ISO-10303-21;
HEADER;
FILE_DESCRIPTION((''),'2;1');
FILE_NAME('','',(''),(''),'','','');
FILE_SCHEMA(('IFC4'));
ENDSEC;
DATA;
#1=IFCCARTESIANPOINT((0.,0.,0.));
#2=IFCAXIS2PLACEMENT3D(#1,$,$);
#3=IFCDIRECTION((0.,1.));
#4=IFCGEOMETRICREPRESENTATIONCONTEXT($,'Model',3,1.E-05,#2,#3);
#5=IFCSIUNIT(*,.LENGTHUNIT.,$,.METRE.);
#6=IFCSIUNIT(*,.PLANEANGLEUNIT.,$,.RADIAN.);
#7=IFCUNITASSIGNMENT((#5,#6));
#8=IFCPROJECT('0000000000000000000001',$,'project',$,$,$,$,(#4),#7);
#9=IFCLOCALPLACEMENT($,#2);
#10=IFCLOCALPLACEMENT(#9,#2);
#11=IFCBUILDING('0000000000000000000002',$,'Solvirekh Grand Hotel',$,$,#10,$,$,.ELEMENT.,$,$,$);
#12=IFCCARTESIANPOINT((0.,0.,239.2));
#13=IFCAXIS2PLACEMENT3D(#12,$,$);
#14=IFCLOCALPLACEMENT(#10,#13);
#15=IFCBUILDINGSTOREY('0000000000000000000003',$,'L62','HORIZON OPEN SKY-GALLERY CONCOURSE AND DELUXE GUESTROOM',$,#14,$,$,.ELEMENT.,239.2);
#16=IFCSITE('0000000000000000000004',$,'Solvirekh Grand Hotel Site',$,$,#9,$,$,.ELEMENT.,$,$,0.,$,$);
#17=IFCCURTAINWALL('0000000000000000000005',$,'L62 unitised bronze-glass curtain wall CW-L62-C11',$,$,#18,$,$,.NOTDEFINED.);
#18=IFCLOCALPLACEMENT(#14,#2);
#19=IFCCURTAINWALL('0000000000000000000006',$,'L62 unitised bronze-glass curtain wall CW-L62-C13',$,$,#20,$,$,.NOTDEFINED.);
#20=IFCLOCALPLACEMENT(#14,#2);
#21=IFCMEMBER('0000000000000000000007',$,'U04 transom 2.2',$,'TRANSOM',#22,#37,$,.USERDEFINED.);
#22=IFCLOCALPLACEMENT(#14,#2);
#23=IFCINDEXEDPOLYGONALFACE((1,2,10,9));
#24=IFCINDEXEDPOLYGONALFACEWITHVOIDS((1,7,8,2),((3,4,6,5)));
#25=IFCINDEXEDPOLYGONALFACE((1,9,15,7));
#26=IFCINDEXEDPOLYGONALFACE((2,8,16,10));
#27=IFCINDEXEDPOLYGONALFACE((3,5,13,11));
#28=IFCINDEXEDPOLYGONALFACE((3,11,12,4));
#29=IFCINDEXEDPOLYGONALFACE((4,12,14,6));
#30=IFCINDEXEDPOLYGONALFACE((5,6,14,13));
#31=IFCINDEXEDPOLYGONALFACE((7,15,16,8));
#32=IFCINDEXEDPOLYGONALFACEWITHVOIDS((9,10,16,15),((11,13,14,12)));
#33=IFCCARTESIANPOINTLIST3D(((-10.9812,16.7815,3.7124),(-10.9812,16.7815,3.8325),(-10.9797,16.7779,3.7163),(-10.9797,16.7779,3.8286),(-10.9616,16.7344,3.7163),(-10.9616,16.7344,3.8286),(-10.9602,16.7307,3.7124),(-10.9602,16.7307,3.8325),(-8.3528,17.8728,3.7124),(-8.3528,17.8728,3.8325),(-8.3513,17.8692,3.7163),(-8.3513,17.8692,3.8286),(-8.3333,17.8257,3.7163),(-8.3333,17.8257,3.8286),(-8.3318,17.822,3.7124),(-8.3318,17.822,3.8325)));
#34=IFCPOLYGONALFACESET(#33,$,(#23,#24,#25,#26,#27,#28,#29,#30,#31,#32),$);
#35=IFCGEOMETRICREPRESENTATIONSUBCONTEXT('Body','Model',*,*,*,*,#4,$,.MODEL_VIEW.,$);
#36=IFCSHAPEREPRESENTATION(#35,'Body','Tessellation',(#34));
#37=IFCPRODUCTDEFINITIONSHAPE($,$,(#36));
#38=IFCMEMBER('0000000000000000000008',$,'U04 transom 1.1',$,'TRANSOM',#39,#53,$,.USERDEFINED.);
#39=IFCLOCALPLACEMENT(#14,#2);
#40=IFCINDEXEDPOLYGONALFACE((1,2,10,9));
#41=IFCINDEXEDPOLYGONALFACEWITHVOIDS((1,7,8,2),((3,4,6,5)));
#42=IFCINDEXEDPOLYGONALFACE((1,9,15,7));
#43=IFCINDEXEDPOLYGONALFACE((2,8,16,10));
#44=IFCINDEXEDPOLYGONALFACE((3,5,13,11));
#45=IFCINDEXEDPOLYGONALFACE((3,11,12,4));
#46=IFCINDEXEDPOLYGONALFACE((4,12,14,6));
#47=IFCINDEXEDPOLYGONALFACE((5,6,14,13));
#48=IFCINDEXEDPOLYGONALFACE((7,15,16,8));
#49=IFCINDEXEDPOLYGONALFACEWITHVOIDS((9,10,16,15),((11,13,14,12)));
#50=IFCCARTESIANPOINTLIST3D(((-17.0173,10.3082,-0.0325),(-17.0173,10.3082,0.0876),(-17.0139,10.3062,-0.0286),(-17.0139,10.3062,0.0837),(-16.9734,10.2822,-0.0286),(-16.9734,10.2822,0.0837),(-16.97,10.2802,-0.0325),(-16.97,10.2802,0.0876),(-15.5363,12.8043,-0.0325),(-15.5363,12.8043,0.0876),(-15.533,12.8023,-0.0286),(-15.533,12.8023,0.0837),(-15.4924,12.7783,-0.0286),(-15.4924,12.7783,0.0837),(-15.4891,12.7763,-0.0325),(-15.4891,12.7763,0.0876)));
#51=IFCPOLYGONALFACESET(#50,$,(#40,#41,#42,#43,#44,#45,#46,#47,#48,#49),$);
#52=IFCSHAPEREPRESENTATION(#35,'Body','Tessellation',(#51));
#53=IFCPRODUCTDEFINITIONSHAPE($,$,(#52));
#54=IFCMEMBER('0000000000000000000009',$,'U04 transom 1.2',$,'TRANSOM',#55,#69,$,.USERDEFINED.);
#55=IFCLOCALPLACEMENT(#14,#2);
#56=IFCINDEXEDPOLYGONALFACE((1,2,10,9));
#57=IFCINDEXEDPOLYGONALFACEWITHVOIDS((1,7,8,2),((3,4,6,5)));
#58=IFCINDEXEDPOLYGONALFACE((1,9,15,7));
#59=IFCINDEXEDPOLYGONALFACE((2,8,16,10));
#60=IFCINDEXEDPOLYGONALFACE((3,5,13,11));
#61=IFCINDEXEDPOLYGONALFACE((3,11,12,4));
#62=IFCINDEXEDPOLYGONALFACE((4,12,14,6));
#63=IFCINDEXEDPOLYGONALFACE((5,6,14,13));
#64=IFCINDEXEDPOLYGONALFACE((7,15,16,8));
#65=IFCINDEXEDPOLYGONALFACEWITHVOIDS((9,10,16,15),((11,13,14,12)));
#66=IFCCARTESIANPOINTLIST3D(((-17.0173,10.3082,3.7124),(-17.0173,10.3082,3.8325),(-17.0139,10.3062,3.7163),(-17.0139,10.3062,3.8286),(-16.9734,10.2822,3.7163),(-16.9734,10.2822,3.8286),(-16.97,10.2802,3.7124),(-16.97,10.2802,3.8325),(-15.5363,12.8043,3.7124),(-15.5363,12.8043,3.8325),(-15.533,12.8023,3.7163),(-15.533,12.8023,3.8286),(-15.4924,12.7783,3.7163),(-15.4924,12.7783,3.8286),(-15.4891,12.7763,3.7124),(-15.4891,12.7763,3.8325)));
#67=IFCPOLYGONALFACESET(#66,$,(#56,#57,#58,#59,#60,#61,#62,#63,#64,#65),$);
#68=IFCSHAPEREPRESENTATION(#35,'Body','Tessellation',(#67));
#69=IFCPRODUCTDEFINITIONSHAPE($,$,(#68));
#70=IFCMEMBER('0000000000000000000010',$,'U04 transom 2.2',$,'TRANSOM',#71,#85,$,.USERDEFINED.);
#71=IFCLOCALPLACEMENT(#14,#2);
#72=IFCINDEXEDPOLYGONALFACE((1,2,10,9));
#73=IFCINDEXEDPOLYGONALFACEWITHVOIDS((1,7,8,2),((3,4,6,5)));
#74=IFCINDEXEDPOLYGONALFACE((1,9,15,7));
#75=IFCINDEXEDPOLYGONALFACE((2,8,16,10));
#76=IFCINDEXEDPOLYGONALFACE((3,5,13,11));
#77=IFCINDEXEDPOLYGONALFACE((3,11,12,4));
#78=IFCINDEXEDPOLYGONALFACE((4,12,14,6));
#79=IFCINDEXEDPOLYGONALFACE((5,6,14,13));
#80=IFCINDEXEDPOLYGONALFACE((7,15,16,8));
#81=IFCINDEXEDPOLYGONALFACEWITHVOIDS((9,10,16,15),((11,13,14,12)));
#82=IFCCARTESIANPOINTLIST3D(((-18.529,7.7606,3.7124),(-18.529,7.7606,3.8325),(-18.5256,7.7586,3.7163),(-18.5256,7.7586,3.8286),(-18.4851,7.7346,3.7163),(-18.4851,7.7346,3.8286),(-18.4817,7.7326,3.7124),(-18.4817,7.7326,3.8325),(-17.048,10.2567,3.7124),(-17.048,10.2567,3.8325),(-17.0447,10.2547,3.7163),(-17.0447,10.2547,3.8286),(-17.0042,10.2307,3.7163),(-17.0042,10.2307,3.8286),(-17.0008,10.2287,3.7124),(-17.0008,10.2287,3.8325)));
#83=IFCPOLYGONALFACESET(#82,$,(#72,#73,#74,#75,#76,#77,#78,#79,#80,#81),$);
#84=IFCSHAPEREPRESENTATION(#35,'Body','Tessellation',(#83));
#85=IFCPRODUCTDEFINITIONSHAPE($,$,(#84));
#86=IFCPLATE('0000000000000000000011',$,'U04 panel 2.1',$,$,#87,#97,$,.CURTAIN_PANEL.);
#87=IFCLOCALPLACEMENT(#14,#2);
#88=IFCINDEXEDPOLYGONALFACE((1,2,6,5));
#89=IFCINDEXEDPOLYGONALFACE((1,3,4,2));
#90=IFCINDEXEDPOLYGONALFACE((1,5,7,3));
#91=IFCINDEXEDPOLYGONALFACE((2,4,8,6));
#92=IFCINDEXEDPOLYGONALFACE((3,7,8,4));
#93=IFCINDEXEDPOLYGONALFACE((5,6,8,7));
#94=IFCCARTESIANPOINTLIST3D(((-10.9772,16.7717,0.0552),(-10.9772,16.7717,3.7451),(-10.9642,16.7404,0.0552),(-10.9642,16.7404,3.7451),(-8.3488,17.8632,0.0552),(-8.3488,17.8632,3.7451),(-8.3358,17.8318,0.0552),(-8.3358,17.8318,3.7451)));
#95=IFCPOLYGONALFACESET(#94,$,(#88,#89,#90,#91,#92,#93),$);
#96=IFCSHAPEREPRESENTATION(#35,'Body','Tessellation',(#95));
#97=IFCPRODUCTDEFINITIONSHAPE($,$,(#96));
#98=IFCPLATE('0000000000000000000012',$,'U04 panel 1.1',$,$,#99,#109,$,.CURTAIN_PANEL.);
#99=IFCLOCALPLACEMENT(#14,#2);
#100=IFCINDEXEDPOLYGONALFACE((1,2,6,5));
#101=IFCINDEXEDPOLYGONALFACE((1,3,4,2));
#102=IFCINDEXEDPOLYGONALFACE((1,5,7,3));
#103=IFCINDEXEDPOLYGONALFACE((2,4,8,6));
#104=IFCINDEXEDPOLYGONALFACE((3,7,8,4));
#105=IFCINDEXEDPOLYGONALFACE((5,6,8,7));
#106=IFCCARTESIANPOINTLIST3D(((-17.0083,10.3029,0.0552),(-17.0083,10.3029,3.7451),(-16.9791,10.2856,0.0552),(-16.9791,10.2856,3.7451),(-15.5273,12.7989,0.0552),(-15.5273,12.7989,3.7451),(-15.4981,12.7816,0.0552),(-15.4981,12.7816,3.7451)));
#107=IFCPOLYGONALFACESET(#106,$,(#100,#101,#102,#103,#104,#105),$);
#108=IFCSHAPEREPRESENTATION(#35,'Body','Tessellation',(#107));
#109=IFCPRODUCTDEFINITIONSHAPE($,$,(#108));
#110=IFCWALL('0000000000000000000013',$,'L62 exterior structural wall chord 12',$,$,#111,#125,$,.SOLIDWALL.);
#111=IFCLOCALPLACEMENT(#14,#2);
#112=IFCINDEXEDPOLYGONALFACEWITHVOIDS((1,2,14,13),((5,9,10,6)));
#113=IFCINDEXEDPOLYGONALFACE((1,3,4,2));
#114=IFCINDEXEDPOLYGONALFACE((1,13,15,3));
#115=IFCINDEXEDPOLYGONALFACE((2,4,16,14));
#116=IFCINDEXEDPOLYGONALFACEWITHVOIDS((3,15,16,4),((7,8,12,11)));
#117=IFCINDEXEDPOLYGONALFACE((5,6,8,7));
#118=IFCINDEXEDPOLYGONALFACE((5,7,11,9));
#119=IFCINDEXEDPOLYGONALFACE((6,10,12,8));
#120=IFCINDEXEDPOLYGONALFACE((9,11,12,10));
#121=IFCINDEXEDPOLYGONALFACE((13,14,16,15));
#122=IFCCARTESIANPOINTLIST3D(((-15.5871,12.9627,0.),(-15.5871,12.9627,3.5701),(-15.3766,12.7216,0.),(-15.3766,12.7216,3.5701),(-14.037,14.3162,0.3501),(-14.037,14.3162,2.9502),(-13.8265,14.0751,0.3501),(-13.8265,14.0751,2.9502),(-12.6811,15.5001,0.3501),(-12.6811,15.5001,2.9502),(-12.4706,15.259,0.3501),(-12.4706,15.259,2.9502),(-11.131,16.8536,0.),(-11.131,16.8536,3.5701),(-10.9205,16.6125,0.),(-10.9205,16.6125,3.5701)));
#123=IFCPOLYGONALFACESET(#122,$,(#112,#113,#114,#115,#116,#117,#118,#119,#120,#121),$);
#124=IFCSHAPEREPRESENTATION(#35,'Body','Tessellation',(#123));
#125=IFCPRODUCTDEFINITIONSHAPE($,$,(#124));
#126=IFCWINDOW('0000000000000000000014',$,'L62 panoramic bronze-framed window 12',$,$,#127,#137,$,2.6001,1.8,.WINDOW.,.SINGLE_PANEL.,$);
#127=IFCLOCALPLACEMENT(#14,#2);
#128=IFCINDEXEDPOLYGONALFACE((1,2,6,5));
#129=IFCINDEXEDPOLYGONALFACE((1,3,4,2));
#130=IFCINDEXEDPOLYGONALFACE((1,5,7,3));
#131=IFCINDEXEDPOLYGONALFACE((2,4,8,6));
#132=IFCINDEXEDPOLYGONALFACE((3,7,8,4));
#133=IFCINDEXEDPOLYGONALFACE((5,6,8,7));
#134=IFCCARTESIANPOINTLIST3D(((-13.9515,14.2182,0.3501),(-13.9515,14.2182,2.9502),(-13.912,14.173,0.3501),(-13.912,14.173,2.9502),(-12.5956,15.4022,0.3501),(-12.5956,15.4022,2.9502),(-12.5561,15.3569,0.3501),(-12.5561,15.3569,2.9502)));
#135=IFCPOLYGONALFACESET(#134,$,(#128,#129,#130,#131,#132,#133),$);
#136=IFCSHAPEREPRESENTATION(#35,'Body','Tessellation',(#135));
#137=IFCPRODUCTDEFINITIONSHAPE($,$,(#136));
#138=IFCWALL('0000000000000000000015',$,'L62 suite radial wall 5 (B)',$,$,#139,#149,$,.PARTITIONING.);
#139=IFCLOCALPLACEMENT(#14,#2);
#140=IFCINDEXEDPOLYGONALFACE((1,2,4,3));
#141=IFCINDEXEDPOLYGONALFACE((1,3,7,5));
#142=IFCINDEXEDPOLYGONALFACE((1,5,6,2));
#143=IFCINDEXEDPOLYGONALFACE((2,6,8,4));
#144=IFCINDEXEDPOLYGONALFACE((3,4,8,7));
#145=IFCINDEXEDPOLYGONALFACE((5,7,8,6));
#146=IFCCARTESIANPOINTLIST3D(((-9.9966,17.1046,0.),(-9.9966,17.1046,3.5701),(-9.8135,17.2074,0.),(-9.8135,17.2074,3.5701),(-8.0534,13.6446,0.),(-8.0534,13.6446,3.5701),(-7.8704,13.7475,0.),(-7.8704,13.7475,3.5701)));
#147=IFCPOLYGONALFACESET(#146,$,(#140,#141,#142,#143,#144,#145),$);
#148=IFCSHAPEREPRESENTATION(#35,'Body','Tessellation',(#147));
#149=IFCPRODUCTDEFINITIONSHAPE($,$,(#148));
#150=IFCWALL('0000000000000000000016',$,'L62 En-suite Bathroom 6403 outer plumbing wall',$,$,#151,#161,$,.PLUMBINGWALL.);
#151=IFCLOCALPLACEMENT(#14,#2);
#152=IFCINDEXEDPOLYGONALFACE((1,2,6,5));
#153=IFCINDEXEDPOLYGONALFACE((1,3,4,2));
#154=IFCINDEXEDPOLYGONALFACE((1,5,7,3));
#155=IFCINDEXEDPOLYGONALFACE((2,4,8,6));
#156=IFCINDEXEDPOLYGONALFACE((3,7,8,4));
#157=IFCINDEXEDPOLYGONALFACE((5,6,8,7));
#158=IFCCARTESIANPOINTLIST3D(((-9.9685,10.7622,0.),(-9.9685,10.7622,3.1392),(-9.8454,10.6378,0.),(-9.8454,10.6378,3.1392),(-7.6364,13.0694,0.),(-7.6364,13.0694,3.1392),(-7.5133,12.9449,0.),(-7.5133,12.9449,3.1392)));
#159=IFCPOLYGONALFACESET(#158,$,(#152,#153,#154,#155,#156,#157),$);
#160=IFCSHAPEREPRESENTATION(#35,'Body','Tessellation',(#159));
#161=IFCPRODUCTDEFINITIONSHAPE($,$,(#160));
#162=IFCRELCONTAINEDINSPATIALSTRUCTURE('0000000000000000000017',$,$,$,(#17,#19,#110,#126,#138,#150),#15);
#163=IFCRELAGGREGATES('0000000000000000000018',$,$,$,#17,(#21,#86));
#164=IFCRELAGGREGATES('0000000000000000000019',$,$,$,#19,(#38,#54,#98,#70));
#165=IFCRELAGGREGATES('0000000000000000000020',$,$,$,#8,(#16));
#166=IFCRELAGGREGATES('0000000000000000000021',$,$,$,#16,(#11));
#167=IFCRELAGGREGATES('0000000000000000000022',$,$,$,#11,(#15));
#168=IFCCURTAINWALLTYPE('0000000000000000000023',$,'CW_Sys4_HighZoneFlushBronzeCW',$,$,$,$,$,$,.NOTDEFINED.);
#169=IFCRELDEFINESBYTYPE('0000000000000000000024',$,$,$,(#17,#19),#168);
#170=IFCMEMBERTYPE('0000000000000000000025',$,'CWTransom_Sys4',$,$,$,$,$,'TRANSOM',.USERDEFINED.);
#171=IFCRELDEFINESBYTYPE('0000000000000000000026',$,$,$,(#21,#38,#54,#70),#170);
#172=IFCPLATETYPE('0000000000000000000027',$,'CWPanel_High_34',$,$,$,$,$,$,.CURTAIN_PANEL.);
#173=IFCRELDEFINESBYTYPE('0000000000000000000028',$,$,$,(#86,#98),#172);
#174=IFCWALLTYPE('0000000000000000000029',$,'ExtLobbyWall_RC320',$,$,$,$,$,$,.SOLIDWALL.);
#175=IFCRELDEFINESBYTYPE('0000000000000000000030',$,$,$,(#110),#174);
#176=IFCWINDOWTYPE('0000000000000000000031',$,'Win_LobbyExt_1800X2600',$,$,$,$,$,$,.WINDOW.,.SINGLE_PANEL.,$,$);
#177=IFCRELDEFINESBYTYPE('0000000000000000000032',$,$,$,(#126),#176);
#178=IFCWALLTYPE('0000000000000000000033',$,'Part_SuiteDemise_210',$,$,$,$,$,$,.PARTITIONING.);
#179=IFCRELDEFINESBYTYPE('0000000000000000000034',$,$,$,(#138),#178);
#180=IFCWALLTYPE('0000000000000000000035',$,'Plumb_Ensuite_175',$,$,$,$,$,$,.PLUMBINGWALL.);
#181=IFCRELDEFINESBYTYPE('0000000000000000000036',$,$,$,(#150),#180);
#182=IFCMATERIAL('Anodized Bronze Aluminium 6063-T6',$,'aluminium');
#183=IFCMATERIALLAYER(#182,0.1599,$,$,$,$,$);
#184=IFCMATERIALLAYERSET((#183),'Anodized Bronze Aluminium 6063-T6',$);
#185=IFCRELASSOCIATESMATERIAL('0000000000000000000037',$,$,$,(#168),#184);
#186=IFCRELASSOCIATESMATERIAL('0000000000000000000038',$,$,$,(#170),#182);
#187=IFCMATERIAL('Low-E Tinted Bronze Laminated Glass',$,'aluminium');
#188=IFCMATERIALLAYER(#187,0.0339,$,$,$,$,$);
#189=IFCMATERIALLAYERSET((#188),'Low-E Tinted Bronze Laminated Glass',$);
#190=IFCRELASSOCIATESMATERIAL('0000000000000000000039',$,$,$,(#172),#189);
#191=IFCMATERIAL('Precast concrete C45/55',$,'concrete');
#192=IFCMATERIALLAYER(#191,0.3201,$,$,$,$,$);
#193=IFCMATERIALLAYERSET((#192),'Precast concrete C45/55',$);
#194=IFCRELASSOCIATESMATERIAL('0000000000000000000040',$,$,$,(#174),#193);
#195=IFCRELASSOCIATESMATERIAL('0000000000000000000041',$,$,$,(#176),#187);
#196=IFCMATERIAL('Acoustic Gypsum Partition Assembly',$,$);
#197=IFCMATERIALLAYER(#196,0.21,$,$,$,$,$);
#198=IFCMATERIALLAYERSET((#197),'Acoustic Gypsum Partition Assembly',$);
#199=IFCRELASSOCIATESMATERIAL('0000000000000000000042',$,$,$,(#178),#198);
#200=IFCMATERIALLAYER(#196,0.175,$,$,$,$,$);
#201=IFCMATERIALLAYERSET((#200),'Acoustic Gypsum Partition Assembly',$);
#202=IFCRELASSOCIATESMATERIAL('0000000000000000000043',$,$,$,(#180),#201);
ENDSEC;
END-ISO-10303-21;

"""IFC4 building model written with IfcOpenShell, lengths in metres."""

from ifc_helpers import new_model, si_unit, direction, frame, frame_2d, origin, origin_2d, place, context, subcontext, project, spatial, rectangle, hollow_rectangle, extrude, source, transform, mapped, material, layer, layer_set, material_profile, profile_set, type_object, element, fill, aggregate, save


model = new_model("IFC4")

# Units and contexts
model_context = context("Model", 3, precision=1e-05, world=origin(), true_north=direction((0.0, 1.0)))
body_context = subcontext(model_context, "Body", "Model", "MODEL_VIEW")
ifc_project = project(units=[si_unit("LENGTHUNIT", "METRE"), si_unit("PLANEANGLEUNIT", "RADIAN")], contexts=[model_context])

# Site, building, storey
site_placement = place(None, origin())
site = spatial("IfcSite", under=ifc_project, at=site_placement, Name="Solvirekh Grand Hotel Site", CompositionType="ELEMENT", RefElevation=0.0)
building_placement = place(site_placement, origin())
building = spatial("IfcBuilding", under=site, at=building_placement, Name="Solvirekh Grand Hotel", CompositionType="ELEMENT")
storey_placement = place(building_placement, frame((0.0, 0.0, 239.2)))
storey = spatial("IfcBuildingStorey", under=building, at=storey_placement, Name="L62", Description="HORIZON OPEN SKY-GALLERY CONCOURSE AND DELUXE GUESTROOM", CompositionType="ELEMENT", Elevation=239.2)

# Curtain walls
ifc_material_1 = material(Name="Anodized Bronze Aluminium 6063-T6", Category="aluminium")
ifc_layer_1 = layer(ifc_material_1, 0.1599)
ifc_layer_set_1 = layer_set([ifc_layer_1], Name="Anodized Bronze Aluminium 6063-T6")
curtain_wall_type = type_object("IfcCurtainWallType", Name="CW_Sys4_HighZoneFlushBronzeCW", PredefinedType="NOTDEFINED", material=ifc_layer_set_1)
curtain_wall_1_placement = place(storey_placement, origin())
curtain_wall_1 = element("IfcCurtainWall", 1, at=curtain_wall_1_placement, inside=storey, type_object=curtain_wall_type, Name="L62 unitised bronze-glass curtain wall CW-L62-C11", PredefinedType="NOTDEFINED")
curtain_wall_2_placement = place(storey_placement, origin())
curtain_wall_2 = element("IfcCurtainWall", 2, at=curtain_wall_2_placement, inside=storey, type_object=curtain_wall_type, Name="L62 unitised bronze-glass curtain wall CW-L62-C13", PredefinedType="NOTDEFINED")

# Members
ifc_material_profile_1 = material_profile(ifc_material_1, hollow_rectangle(XDim=0.0549, YDim=0.1201, WallThickness=0.0039, at=origin_2d()), Name="ALU RHS 120X55X4")
ifc_profile_set_1 = profile_set([ifc_material_profile_1], Name="Anodized Bronze Aluminium 6063-T6")
member_type_1 = type_object("IfcMemberType", Name="CWTransom_Sys4", ElementType="TRANSOM", PredefinedType="USERDEFINED", material=ifc_profile_set_1)
shared_shape_1 = source(origin(), body_context, "Body", "SweptSolid", [
    extrude(hollow_rectangle(XDim=0.0549, YDim=0.1201, WallThickness=0.0039, at=origin_2d()), origin(), (0.0, 0.0, 1.0), 2.8459),
])
member_1_placement = place(storey_placement, frame((-8.3423, 17.8474, 3.7725), z_axis=(-0.923558, -0.383458, 0.0), x_axis=(0.383458, -0.923558, 0.0)))
member_1 = element("IfcMember", 3, at=member_1_placement, type_object=member_type_1, Name="U04 transom 2.2", ObjectType="TRANSOM", PredefinedType="USERDEFINED", context=body_context, shape_type="MappedRepresentation", body=[
    mapped(shared_shape_1, transform((0.0, 0.0, 0.0), x_axis=(1.0, 0.0, 0.0), y_axis=(0.0, 1.0, 0.0), z_axis=(0.0, 0.0, 1.0), scale=1.0)),
])
shared_shape_2 = source(origin(), body_context, "Body", "SweptSolid", [
    extrude(hollow_rectangle(XDim=0.0549, YDim=0.1201, WallThickness=0.0039, at=origin_2d()), origin(), (0.0, 0.0, 1.0), 2.9023),
])
member_2_placement = place(storey_placement, frame((-15.5127, 12.7903, 0.0276), z_axis=(-0.510259, -0.860021, 0.0), x_axis=(0.860021, -0.510259, 0.0)))
member_2 = element("IfcMember", 4, at=member_2_placement, type_object=member_type_1, Name="U04 transom 1.1", ObjectType="TRANSOM", PredefinedType="USERDEFINED", context=body_context, shape_type="MappedRepresentation", body=[
    mapped(shared_shape_2, transform((0.0, 0.0, 0.0), x_axis=(1.0, 0.0, 0.0), y_axis=(0.0, 1.0, 0.0), z_axis=(0.0, 0.0, 1.0), scale=1.0)),
])
member_3_placement = place(storey_placement, frame((-15.5127, 12.7903, 3.7725), z_axis=(-0.510259, -0.860021, 0.0), x_axis=(0.860021, -0.510259, 0.0)))
member_3 = element("IfcMember", 5, at=member_3_placement, type_object=member_type_1, Name="U04 transom 1.2", ObjectType="TRANSOM", PredefinedType="USERDEFINED", context=body_context, shape_type="MappedRepresentation", body=[
    mapped(shared_shape_2, transform((0.0, 0.0, 0.0), x_axis=(1.0, 0.0, 0.0), y_axis=(0.0, 1.0, 0.0), z_axis=(0.0, 0.0, 1.0), scale=1.0)),
])
member_4_placement = place(storey_placement, frame((-17.0244, 10.2427, 3.7725), z_axis=(-0.510259, -0.860021, 0.0), x_axis=(0.860021, -0.510259, 0.0)))
member_4 = element("IfcMember", 6, at=member_4_placement, type_object=member_type_1, Name="U04 transom 2.2", ObjectType="TRANSOM", PredefinedType="USERDEFINED", context=body_context, shape_type="MappedRepresentation", body=[
    mapped(shared_shape_2, transform((0.0, 0.0, 0.0), x_axis=(1.0, 0.0, 0.0), y_axis=(0.0, 1.0, 0.0), z_axis=(0.0, 0.0, 1.0), scale=1.0)),
])

# Plates
ifc_material_2 = material(Name="Low-E Tinted Bronze Laminated Glass", Category="aluminium")
ifc_layer_2 = layer(ifc_material_2, 0.0339)
ifc_layer_set_2 = layer_set([ifc_layer_2], Name="Low-E Tinted Bronze Laminated Glass")
plate_type = type_object("IfcPlateType", Name="CWPanel_High_34", PredefinedType="CURTAIN_PANEL", material=ifc_layer_set_2)
shared_shape_3 = source(origin(), body_context, "Body", "SweptSolid", [
    extrude(rectangle(XDim=2.8459, YDim=0.0339, at=origin_2d()), origin(), (0.0, 0.0, 1.0), 3.6899),
])
plate_1_placement = place(storey_placement, frame((-9.6565, 17.3018, 0.0552), z_axis=(0.0, 0.0, 1.0), x_axis=(-0.923535, -0.383515, 0.0)))
plate_1 = element("IfcPlate", 7, at=plate_1_placement, type_object=plate_type, Name="U04 panel 2.1", PredefinedType="CURTAIN_PANEL", context=body_context, shape_type="MappedRepresentation", body=[
    mapped(shared_shape_3, transform((0.0, 0.0, 0.0), x_axis=(1.0, 0.0, 0.0), y_axis=(0.0, 1.0, 0.0), z_axis=(0.0, 0.0, 1.0), scale=1.0)),
])
aggregate(curtain_wall_1, [member_1, plate_1])
shared_shape_4 = source(origin(), body_context, "Body", "SweptSolid", [
    extrude(rectangle(XDim=2.9023, YDim=0.0339, at=origin_2d()), origin(), (0.0, 0.0, 1.0), 3.6899),
])
plate_2_placement = place(storey_placement, frame((-16.2532, 11.5422, 0.0552), z_axis=(0.0, 0.0, 1.0), x_axis=(-0.510288, -0.860004, 0.0)))
plate_2 = element("IfcPlate", 8, at=plate_2_placement, type_object=plate_type, Name="U04 panel 1.1", PredefinedType="CURTAIN_PANEL", context=body_context, shape_type="MappedRepresentation", body=[
    mapped(shared_shape_4, transform((0.0, 0.0, 0.0), x_axis=(1.0, 0.0, 0.0), y_axis=(0.0, 1.0, 0.0), z_axis=(0.0, 0.0, 1.0), scale=1.0)),
])
aggregate(curtain_wall_2, [member_2, member_3, plate_2, member_4])

# Wall, opening, window
ifc_material_3 = material(Name="Precast concrete C45/55", Category="concrete")
ifc_layer_3 = layer(ifc_material_3, 0.3201)
ifc_layer_set_3 = layer_set([ifc_layer_3], Name="Precast concrete C45/55")
wall_type_1 = type_object("IfcWallType", Name="ExtLobbyWall_RC320", PredefinedType="SOLIDWALL", material=ifc_layer_set_3)
wall_1_placement = place(storey_placement, frame((-15.4819, 12.842, 0.0), z_axis=(0.0, 0.0, 1.0), x_axis=(0.753261, 0.657721, 0.0)))
wall_1 = element("IfcWall", 9, at=wall_1_placement, inside=storey, type_object=wall_type_1, Name="L62 exterior structural wall chord 12", PredefinedType="SOLIDWALL", context=body_context, shape_type="SweptSolid", body=[
    extrude(rectangle(XDim=5.9158, YDim=0.3201, at=frame_2d((2.958, 0.0))), origin(), (0.0, 0.0, 1.0), 3.5701),
])
opening_placement = place(wall_1_placement, frame((2.0581, 0.0, 0.3501)))
opening = element("IfcOpeningElement", 10, at=opening_placement, cuts=wall_1, PredefinedType="OPENING", context=body_context, shape_type="SweptSolid", body=[
    extrude(rectangle(XDim=1.8, YDim=2.6001, at=frame_2d((0.8999, 1.3))), frame((0.0, 0.1699, 0.0), z_axis=(0.0, -1.0, 0.0), x_axis=(1.0, 0.0, 0.0)), (0.0, 0.0, 1.0), 0.3401),
])
window_type = type_object("IfcWindowType", Name="Win_LobbyExt_1800X2600", PartitioningType="SINGLE_PANEL", PredefinedType="WINDOW", material=ifc_material_2)
window_placement = place(opening_placement, origin())
window = element("IfcWindow", 11, at=window_placement, inside=storey, type_object=window_type, Name="L62 panoramic bronze-framed window 12", OverallHeight=2.6001, OverallWidth=1.8, PartitioningType="SINGLE_PANEL", PredefinedType="WINDOW", context=body_context, shape_type="SweptSolid", body=[
    extrude(rectangle(XDim=1.8, YDim=2.6001, at=frame_2d((0.8999, 1.3))), frame((0.0, 0.03, 0.0), z_axis=(0.0, -1.0, 0.0), x_axis=(1.0, 0.0, 0.0)), (0.0, 0.0, 1.0), 0.0601),
])
fill(opening, window)

# Walls
ifc_material_4 = material(Name="Acoustic Gypsum Partition Assembly")
ifc_layer_4 = layer(ifc_material_4, 0.21)
ifc_layer_set_4 = layer_set([ifc_layer_4], Name="Acoustic Gypsum Partition Assembly")
wall_type_2 = type_object("IfcWallType", Name="Part_SuiteDemise_210", PredefinedType="PARTITIONING", material=ifc_layer_set_4)
wall_2_placement = place(storey_placement, frame((-7.9619, 13.696, 0.0), z_axis=(0.0, 0.0, 1.0), x_axis=(-0.489665, 0.871911, 0.0)))
element("IfcWall", 12, at=wall_2_placement, inside=storey, type_object=wall_type_2, Name="L62 suite radial wall 5 (B)", PredefinedType="PARTITIONING", context=body_context, shape_type="SweptSolid", body=[
    extrude(rectangle(XDim=3.9683, YDim=0.21, at=frame_2d((1.9841, 0.0))), origin(), (0.0, 0.0, 1.0), 3.5701),
])
ifc_layer_5 = layer(ifc_material_4, 0.175)
ifc_layer_set_5 = layer_set([ifc_layer_5], Name="Acoustic Gypsum Partition Assembly")
wall_type_3 = type_object("IfcWallType", Name="Plumb_Ensuite_175", PredefinedType="PLUMBINGWALL", material=ifc_layer_set_5)
wall_3_placement = place(storey_placement, frame((-7.575, 13.0071, 0.0), z_axis=(0.0, 0.0, 1.0), x_axis=(-0.710892, -0.703301, 0.0)))
element("IfcWall", 13, at=wall_3_placement, inside=storey, type_object=wall_type_3, Name="L62 En-suite Bathroom 6403 outer plumbing wall", PredefinedType="PLUMBINGWALL", context=body_context, shape_type="SweptSolid", body=[
    extrude(rectangle(XDim=3.2805, YDim=0.175, at=frame_2d((1.6401, 0.0))), origin(), (0.0, 0.0, 1.0), 3.1392),
])

save(model, "model.ifc")
